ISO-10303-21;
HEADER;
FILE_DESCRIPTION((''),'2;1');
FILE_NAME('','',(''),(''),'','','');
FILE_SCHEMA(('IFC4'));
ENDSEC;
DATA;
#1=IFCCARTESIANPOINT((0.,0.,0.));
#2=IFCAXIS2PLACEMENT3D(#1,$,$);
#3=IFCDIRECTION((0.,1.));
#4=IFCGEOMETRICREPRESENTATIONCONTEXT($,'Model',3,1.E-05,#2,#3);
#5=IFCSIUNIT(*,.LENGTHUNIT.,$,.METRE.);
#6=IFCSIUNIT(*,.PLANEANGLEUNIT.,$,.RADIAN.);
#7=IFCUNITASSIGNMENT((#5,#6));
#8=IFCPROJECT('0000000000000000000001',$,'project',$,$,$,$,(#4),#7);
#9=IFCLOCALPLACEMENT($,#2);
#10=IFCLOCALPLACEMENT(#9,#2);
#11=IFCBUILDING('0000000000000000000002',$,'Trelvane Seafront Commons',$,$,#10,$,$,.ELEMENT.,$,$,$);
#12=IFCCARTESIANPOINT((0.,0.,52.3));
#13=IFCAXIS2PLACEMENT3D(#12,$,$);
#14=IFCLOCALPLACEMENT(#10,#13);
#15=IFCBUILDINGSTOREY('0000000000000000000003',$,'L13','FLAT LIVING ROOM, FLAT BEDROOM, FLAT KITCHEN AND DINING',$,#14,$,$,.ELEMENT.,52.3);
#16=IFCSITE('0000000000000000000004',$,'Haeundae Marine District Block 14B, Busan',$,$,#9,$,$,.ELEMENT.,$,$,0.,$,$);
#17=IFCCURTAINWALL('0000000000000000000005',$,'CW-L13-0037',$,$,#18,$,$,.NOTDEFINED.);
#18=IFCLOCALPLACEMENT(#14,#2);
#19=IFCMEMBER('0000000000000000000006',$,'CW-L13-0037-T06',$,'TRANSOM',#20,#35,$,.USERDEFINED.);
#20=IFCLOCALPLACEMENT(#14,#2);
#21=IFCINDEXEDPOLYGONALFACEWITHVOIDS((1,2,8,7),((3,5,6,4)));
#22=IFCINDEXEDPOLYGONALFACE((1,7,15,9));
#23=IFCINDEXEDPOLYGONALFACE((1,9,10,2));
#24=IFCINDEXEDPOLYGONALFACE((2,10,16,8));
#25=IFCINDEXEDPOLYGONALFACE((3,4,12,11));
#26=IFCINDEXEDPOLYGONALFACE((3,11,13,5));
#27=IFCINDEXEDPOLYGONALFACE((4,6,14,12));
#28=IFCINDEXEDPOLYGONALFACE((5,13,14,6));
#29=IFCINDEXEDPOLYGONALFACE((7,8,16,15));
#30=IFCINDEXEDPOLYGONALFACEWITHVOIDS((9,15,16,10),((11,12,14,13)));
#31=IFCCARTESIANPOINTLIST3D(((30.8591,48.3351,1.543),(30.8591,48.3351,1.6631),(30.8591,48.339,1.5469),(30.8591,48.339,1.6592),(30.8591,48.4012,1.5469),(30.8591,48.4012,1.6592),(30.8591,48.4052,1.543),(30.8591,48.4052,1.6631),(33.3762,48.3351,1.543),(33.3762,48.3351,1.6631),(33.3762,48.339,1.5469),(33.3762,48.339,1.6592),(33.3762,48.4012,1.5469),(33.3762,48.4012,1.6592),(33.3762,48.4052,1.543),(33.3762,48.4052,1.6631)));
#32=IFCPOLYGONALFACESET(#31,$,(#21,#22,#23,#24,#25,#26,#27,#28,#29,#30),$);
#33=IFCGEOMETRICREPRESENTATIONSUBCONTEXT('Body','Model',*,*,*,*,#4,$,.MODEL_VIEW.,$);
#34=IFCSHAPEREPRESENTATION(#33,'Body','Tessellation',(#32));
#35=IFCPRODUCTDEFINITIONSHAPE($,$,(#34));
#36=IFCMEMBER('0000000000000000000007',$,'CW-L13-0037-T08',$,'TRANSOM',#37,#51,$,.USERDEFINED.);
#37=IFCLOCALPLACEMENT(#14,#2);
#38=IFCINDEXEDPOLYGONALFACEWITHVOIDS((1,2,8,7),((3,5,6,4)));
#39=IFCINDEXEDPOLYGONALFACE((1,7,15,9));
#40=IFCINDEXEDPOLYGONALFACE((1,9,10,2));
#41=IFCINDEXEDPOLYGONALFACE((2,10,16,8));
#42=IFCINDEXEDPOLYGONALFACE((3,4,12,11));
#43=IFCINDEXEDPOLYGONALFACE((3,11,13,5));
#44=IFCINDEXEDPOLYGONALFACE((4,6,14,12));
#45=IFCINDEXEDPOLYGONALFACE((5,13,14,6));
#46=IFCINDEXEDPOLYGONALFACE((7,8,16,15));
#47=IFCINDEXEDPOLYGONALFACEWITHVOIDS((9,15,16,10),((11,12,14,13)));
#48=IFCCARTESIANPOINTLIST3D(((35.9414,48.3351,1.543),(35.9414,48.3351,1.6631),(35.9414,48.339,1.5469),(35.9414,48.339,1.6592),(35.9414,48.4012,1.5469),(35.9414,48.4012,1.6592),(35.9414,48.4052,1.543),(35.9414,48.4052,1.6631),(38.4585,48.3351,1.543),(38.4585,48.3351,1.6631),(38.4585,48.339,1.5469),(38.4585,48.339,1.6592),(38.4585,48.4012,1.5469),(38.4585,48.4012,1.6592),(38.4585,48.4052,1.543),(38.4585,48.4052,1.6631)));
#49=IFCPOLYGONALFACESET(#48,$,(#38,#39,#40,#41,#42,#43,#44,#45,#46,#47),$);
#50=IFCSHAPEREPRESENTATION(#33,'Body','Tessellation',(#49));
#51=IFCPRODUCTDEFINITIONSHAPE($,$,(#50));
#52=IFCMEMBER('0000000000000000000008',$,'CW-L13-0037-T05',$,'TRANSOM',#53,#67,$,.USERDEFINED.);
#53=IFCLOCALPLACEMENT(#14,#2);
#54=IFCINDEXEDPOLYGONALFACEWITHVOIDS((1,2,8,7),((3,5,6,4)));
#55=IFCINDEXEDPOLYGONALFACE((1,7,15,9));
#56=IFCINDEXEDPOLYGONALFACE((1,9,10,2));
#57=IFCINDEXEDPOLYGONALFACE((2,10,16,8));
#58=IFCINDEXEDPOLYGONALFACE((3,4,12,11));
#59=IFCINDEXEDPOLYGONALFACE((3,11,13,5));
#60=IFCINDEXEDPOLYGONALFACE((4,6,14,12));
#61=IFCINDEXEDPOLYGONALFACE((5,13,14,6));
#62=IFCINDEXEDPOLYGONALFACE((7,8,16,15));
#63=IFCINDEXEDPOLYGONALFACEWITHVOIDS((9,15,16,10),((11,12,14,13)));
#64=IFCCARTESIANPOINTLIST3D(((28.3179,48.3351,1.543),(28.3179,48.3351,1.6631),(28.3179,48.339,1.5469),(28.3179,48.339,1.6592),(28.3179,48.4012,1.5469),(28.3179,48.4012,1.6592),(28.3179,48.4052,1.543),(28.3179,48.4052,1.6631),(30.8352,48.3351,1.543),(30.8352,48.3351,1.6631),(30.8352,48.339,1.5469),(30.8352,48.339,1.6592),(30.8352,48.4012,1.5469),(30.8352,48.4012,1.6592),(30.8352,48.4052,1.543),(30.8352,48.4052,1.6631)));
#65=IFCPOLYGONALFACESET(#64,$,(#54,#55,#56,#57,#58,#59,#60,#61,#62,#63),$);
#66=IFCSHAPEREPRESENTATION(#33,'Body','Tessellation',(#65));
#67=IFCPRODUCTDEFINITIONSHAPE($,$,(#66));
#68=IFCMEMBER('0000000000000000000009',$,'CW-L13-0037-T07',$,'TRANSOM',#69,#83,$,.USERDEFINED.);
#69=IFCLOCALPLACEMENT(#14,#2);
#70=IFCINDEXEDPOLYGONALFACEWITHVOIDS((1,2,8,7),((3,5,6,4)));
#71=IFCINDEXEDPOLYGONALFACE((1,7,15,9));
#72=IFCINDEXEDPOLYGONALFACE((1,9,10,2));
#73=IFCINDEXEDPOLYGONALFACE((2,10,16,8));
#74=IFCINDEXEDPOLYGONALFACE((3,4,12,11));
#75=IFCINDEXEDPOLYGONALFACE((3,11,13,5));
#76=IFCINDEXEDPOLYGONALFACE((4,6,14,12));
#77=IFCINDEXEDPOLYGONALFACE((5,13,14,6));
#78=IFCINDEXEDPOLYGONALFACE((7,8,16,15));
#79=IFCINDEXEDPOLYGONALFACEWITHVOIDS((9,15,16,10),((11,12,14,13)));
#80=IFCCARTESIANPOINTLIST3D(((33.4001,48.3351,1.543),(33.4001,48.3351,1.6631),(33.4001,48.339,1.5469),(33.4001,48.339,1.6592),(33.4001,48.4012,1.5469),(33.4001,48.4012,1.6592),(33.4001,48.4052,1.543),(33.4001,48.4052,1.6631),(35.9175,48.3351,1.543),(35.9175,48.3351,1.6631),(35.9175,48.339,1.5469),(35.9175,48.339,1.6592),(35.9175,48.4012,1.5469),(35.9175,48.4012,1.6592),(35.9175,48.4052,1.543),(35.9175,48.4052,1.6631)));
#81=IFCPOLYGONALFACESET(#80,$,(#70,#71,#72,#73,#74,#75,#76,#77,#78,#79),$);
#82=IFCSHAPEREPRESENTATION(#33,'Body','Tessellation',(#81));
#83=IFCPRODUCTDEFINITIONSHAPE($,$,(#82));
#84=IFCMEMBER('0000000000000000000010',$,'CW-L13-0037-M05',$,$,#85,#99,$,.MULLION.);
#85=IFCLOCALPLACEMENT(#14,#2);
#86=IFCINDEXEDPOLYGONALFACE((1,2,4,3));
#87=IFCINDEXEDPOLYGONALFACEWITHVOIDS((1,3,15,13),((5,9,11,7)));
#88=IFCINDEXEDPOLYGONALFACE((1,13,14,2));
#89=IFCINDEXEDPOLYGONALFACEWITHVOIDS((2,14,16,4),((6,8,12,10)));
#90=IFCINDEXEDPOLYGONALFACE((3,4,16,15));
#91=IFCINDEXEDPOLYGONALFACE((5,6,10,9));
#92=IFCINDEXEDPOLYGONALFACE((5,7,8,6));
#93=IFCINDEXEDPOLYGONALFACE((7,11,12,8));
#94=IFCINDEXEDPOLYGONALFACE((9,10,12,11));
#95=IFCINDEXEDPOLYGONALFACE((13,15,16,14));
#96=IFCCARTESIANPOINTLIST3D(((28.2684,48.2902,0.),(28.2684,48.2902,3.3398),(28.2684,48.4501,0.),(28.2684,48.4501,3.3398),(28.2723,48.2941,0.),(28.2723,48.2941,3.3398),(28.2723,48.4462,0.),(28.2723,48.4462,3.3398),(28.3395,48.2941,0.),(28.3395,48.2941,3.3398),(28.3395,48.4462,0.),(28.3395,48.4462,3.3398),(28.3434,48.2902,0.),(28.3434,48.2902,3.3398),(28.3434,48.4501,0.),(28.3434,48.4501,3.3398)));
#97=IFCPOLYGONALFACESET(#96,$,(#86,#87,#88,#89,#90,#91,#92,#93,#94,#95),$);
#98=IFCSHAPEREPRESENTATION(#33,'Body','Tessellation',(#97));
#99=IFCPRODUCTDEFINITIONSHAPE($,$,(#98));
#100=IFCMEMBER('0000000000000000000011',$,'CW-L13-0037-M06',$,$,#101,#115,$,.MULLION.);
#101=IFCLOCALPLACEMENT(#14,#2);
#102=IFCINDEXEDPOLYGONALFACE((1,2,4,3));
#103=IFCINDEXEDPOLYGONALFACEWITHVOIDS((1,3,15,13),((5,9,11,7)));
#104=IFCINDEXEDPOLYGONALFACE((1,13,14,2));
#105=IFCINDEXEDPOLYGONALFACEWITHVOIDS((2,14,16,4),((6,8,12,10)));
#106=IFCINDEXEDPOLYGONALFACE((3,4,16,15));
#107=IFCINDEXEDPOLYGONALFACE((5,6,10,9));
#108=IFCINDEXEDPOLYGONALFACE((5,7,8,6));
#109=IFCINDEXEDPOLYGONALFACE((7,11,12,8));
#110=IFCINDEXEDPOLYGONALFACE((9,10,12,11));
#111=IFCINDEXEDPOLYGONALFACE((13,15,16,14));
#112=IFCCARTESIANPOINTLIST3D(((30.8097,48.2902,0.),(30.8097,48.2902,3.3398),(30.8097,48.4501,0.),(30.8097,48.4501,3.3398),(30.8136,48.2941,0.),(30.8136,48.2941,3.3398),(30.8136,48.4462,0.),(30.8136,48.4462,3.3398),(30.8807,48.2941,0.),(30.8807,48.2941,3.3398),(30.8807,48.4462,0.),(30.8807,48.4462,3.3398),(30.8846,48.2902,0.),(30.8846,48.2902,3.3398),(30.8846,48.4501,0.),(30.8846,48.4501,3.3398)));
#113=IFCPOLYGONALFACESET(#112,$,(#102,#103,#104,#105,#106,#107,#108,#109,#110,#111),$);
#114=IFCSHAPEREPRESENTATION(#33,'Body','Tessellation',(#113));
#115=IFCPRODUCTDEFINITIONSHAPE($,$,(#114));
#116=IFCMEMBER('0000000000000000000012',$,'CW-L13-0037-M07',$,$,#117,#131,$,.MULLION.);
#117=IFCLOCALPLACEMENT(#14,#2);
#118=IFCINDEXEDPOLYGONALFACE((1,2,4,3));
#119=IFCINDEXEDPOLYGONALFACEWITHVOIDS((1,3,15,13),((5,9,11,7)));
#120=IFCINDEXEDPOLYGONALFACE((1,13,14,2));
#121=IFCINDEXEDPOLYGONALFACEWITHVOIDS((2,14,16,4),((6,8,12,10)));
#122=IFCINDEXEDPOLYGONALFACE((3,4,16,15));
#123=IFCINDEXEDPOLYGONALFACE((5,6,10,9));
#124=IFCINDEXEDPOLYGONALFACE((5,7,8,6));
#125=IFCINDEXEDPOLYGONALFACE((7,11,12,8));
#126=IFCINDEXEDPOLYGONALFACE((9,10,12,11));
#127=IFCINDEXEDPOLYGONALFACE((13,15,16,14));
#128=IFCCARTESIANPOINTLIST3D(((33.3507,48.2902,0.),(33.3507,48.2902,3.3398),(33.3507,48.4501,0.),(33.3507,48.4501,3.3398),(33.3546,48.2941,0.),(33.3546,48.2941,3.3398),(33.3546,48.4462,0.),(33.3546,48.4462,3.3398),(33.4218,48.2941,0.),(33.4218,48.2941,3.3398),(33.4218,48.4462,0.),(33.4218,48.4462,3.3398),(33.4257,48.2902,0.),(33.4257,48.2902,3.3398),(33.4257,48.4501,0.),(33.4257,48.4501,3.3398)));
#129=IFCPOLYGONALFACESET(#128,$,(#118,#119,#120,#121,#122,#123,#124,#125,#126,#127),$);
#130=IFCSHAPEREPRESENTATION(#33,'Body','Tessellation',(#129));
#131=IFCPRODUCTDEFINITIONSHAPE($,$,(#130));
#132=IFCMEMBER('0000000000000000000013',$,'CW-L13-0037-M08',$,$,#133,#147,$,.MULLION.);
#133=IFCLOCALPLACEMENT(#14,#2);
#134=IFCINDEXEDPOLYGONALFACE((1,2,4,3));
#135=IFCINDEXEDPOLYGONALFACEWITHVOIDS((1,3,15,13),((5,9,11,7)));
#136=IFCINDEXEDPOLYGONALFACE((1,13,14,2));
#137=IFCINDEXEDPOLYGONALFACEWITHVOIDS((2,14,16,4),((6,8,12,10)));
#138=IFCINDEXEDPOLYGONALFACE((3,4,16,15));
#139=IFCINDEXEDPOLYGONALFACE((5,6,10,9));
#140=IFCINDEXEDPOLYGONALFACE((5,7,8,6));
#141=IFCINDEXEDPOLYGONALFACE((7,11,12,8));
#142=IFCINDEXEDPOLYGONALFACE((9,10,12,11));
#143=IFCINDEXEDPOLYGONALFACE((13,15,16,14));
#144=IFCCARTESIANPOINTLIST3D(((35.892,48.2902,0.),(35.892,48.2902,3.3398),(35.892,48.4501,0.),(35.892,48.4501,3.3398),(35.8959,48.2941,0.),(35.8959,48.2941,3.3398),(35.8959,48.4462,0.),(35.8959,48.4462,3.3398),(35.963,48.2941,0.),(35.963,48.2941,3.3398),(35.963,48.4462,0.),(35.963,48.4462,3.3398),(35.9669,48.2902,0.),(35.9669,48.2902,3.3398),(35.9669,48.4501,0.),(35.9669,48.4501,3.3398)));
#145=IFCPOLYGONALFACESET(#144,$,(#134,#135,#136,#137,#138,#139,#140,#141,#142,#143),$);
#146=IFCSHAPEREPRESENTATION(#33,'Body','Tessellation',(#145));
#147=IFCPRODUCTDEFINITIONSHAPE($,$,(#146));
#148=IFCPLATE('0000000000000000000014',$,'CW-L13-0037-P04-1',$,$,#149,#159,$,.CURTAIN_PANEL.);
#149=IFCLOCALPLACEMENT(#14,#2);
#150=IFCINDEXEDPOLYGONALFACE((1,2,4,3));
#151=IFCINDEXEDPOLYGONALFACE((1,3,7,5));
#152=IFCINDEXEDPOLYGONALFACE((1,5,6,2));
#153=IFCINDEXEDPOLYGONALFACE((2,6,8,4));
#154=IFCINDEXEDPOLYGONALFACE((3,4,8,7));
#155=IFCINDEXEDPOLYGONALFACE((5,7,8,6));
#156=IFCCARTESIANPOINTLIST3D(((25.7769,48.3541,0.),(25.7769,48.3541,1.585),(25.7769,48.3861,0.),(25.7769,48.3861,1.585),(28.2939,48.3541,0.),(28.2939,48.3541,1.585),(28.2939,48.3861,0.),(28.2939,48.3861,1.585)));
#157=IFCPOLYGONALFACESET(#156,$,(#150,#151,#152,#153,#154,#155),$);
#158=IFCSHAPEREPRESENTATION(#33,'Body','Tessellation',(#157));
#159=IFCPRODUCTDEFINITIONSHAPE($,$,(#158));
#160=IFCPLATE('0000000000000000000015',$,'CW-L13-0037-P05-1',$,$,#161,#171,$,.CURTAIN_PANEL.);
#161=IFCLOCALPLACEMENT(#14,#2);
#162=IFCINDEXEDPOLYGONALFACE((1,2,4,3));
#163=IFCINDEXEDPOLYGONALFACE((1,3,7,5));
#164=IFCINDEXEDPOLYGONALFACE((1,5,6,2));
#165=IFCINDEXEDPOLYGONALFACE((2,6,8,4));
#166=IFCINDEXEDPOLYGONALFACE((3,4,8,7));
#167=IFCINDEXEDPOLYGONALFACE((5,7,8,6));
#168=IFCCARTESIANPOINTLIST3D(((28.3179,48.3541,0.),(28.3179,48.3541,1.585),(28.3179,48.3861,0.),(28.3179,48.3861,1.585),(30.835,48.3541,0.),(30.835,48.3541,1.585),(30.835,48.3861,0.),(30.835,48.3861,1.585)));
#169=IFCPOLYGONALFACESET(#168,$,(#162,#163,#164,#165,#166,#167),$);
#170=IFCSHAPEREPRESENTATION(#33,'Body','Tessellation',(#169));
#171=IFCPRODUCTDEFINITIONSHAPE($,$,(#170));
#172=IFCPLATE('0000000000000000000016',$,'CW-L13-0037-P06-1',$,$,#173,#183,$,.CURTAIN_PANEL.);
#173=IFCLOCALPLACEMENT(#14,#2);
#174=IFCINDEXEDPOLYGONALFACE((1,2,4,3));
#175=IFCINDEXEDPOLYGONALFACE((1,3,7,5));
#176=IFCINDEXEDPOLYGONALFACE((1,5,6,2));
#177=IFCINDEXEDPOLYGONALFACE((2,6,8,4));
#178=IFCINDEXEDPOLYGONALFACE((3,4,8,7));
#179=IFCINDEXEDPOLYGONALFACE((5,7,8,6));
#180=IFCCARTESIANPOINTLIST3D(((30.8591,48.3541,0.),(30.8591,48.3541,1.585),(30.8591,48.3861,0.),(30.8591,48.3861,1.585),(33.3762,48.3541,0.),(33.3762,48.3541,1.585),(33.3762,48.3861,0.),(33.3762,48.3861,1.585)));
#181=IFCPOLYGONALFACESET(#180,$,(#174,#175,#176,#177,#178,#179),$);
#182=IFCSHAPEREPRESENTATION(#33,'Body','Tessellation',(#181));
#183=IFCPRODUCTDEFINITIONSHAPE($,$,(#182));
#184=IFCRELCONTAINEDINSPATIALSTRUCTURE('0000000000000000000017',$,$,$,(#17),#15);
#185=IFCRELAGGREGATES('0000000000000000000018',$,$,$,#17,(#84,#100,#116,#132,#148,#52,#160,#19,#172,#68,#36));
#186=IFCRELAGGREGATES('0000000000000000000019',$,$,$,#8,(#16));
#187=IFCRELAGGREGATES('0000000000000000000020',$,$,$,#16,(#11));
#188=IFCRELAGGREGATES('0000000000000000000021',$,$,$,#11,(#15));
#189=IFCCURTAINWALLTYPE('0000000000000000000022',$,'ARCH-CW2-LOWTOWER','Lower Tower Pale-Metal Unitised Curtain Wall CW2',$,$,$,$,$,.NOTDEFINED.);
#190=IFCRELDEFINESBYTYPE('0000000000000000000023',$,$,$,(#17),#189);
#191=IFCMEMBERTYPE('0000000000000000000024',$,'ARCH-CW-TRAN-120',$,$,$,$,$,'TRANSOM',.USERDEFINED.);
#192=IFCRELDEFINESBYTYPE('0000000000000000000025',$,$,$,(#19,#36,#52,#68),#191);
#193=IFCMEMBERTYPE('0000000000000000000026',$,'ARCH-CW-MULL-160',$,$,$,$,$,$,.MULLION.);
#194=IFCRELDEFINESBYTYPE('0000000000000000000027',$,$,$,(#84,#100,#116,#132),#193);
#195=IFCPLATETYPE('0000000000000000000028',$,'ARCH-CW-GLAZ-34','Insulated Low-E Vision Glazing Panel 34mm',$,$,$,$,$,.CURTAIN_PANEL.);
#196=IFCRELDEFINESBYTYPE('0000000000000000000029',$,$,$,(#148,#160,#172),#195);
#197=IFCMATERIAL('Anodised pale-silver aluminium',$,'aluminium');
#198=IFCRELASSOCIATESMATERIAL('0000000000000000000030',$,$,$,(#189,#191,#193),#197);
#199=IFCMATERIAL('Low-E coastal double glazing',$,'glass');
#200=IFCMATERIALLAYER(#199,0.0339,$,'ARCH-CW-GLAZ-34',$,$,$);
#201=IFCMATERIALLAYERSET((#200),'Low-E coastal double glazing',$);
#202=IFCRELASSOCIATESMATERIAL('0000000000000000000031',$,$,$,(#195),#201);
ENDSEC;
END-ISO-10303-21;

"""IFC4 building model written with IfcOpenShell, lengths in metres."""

from ifc_helpers import new_model, si_unit, direction, frame, origin, origin_2d, place, context, subcontext, project, spatial, rectangle, hollow_rectangle, extrude, source, transform, mapped, material, layer, layer_set, material_profile, profile_set, type_object, element, aggregate, save


model = new_model("IFC4")

# Units and contexts
model_context = context("Model", 3, precision=1e-05, world=origin(), true_north=direction((0.0, 1.0)))
body_context = subcontext(model_context, "Body", "Model", "MODEL_VIEW")
ifc_project = project(units=[si_unit("LENGTHUNIT", "METRE"), si_unit("PLANEANGLEUNIT", "RADIAN")], contexts=[model_context])

# Site, building, storey
site_placement = place(None, origin())
site = spatial("IfcSite", under=ifc_project, at=site_placement, Name="Haeundae Marine District Block 14B, Busan", CompositionType="ELEMENT", RefElevation=0.0)
building_placement = place(site_placement, origin())
building = spatial("IfcBuilding", under=site, at=building_placement, Name="Trelvane Seafront Commons", CompositionType="ELEMENT")
storey_placement = place(building_placement, frame((0.0, 0.0, 52.3)))
storey = spatial("IfcBuildingStorey", under=building, at=storey_placement, Name="L13", Description="FLAT LIVING ROOM, FLAT BEDROOM, FLAT KITCHEN AND DINING", CompositionType="ELEMENT", Elevation=52.3)

# Curtain wall, members, plates
ifc_material_1 = material(Name="Anodised pale-silver aluminium", Category="aluminium")
curtain_wall_type = type_object("IfcCurtainWallType", Name="ARCH-CW2-LOWTOWER", Description="Lower Tower Pale-Metal Unitised Curtain Wall CW2", PredefinedType="NOTDEFINED", material=ifc_material_1)
curtain_wall_placement = place(storey_placement, origin())
curtain_wall = element("IfcCurtainWall", 1, at=curtain_wall_placement, inside=storey, type_object=curtain_wall_type, Name="CW-L13-0037", PredefinedType="NOTDEFINED")
ifc_material_profile_1 = material_profile(ifc_material_1, hollow_rectangle(XDim=0.0701, YDim=0.1201, WallThickness=0.0039, at=origin_2d()), Name="TRAN-70x120x4")
ifc_profile_set_1 = profile_set([ifc_material_profile_1], Name="Anodised pale-silver aluminium")
member_type_1 = type_object("IfcMemberType", Name="ARCH-CW-TRAN-120", ElementType="TRANSOM", PredefinedType="USERDEFINED", material=ifc_profile_set_1)
shared_shape_1 = source(origin(), body_context, "Body", "SweptSolid", [
    extrude(hollow_rectangle(XDim=0.0701, YDim=0.1201, WallThickness=0.0039, at=origin_2d()), origin(), (0.0, 0.0, 1.0), 2.5171),
])
member_1_placement = place(storey_placement, frame((30.8591, 48.3701, 1.603), z_axis=(1.0, 0.0, 0.0), x_axis=(0.0, 1.0, 0.0)))
member_1 = element("IfcMember", 2, at=member_1_placement, type_object=member_type_1, Name="CW-L13-0037-T06", ObjectType="TRANSOM", PredefinedType="USERDEFINED", context=body_context, shape_type="MappedRepresentation", body=[
    mapped(shared_shape_1, transform((0.0, 0.0, 0.0), x_axis=(1.0, 0.0, 0.0), y_axis=(0.0, 1.0, 0.0), z_axis=(0.0, 0.0, 1.0), scale=1.0)),
])
member_2_placement = place(storey_placement, frame((35.9414, 48.3701, 1.603), z_axis=(1.0, 0.0, 0.0), x_axis=(0.0, 1.0, 0.0)))
member_2 = element("IfcMember", 3, at=member_2_placement, type_object=member_type_1, Name="CW-L13-0037-T08", ObjectType="TRANSOM", PredefinedType="USERDEFINED", context=body_context, shape_type="MappedRepresentation", body=[
    mapped(shared_shape_1, transform((0.0, 0.0, 0.0), x_axis=(1.0, 0.0, 0.0), y_axis=(0.0, 1.0, 0.0), z_axis=(0.0, 0.0, 1.0), scale=1.0)),
])
shared_shape_2 = source(origin(), body_context, "Body", "SweptSolid", [
    extrude(hollow_rectangle(XDim=0.0701, YDim=0.1201, WallThickness=0.0039, at=origin_2d()), origin(), (0.0, 0.0, 1.0), 2.5173),
])
member_3_placement = place(storey_placement, frame((28.3179, 48.3701, 1.603), z_axis=(1.0, 0.0, 0.0), x_axis=(0.0, 1.0, 0.0)))
member_3 = element("IfcMember", 4, at=member_3_placement, type_object=member_type_1, Name="CW-L13-0037-T05", ObjectType="TRANSOM", PredefinedType="USERDEFINED", context=body_context, shape_type="MappedRepresentation", body=[
    mapped(shared_shape_2, transform((0.0, 0.0, 0.0), x_axis=(1.0, 0.0, 0.0), y_axis=(0.0, 1.0, 0.0), z_axis=(0.0, 0.0, 1.0), scale=1.0)),
])
member_4_placement = place(storey_placement, frame((33.4001, 48.3701, 1.603), z_axis=(1.0, 0.0, 0.0), x_axis=(0.0, 1.0, 0.0)))
member_4 = element("IfcMember", 5, at=member_4_placement, type_object=member_type_1, Name="CW-L13-0037-T07", ObjectType="TRANSOM", PredefinedType="USERDEFINED", context=body_context, shape_type="MappedRepresentation", body=[
    mapped(shared_shape_2, transform((0.0, 0.0, 0.0), x_axis=(1.0, 0.0, 0.0), y_axis=(0.0, 1.0, 0.0), z_axis=(0.0, 0.0, 1.0), scale=1.0)),
])
ifc_material_profile_2 = material_profile(ifc_material_1, hollow_rectangle(XDim=0.075, YDim=0.1599, WallThickness=0.0039, at=origin_2d()), Name="MULL-75x160x4")
ifc_profile_set_2 = profile_set([ifc_material_profile_2], Name="Anodised pale-silver aluminium")
member_type_2 = type_object("IfcMemberType", Name="ARCH-CW-MULL-160", PredefinedType="MULLION", material=ifc_profile_set_2)
shared_shape_3 = source(origin(), body_context, "Body", "SweptSolid", [
    extrude(hollow_rectangle(XDim=0.075, YDim=0.1599, WallThickness=0.0039, at=origin_2d()), origin(), (0.0, 0.0, 1.0), 3.3398),
])
member_5_placement = place(storey_placement, frame((28.3059, 48.3701, 0.0), z_axis=(0.0, 0.0, 1.0), x_axis=(1.0, 0.0, 0.0)))
member_5 = element("IfcMember", 6, at=member_5_placement, type_object=member_type_2, Name="CW-L13-0037-M05", PredefinedType="MULLION", context=body_context, shape_type="MappedRepresentation", body=[
    mapped(shared_shape_3, transform((0.0, 0.0, 0.0), x_axis=(1.0, 0.0, 0.0), y_axis=(0.0, 1.0, 0.0), z_axis=(0.0, 0.0, 1.0), scale=1.0)),
])
member_6_placement = place(storey_placement, frame((30.8472, 48.3701, 0.0), z_axis=(0.0, 0.0, 1.0), x_axis=(1.0, 0.0, 0.0)))
member_6 = element("IfcMember", 7, at=member_6_placement, type_object=member_type_2, Name="CW-L13-0037-M06", PredefinedType="MULLION", context=body_context, shape_type="MappedRepresentation", body=[
    mapped(shared_shape_3, transform((0.0, 0.0, 0.0), x_axis=(1.0, 0.0, 0.0), y_axis=(0.0, 1.0, 0.0), z_axis=(0.0, 0.0, 1.0), scale=1.0)),
])
member_7_placement = place(storey_placement, frame((33.3882, 48.3701, 0.0), z_axis=(0.0, 0.0, 1.0), x_axis=(1.0, 0.0, 0.0)))
member_7 = element("IfcMember", 8, at=member_7_placement, type_object=member_type_2, Name="CW-L13-0037-M07", PredefinedType="MULLION", context=body_context, shape_type="MappedRepresentation", body=[
    mapped(shared_shape_3, transform((0.0, 0.0, 0.0), x_axis=(1.0, 0.0, 0.0), y_axis=(0.0, 1.0, 0.0), z_axis=(0.0, 0.0, 1.0), scale=1.0)),
])
member_8_placement = place(storey_placement, frame((35.9294, 48.3701, 0.0), z_axis=(0.0, 0.0, 1.0), x_axis=(1.0, 0.0, 0.0)))
member_8 = element("IfcMember", 9, at=member_8_placement, type_object=member_type_2, Name="CW-L13-0037-M08", PredefinedType="MULLION", context=body_context, shape_type="MappedRepresentation", body=[
    mapped(shared_shape_3, transform((0.0, 0.0, 0.0), x_axis=(1.0, 0.0, 0.0), y_axis=(0.0, 1.0, 0.0), z_axis=(0.0, 0.0, 1.0), scale=1.0)),
])
ifc_material_2 = material(Name="Low-E coastal double glazing", Category="glass")
ifc_layer_1 = layer(ifc_material_2, 0.0339, Name="ARCH-CW-GLAZ-34")
ifc_layer_set_1 = layer_set([ifc_layer_1], Name="Low-E coastal double glazing")
plate_type_1 = type_object("IfcPlateType", Name="ARCH-CW-GLAZ-34", Description="Insulated Low-E Vision Glazing Panel 34mm", PredefinedType="CURTAIN_PANEL", material=ifc_layer_set_1)
shared_shape_4 = source(origin(), body_context, "Body", "SweptSolid", [
    extrude(rectangle(XDim=2.5171, YDim=0.032, at=origin_2d()), origin(), (0.0, 0.0, 1.0), 1.585),
])
plate_1_placement = place(storey_placement, frame((27.0354, 48.3701, 0.0), z_axis=(0.0, 0.0, 1.0), x_axis=(1.0, 0.0, 0.0)))
plate_1 = element("IfcPlate", 10, at=plate_1_placement, type_object=plate_type_1, Name="CW-L13-0037-P04-1", PredefinedType="CURTAIN_PANEL", context=body_context, shape_type="MappedRepresentation", body=[
    mapped(shared_shape_4, transform((0.0, 0.0, 0.0), x_axis=(1.0, 0.0, 0.0), y_axis=(0.0, 1.0, 0.0), z_axis=(0.0, 0.0, 1.0), scale=1.0)),
])
plate_2_placement = place(storey_placement, frame((29.5764, 48.3701, 0.0), z_axis=(0.0, 0.0, 1.0), x_axis=(1.0, 0.0, 0.0)))
plate_2 = element("IfcPlate", 11, at=plate_2_placement, type_object=plate_type_1, Name="CW-L13-0037-P05-1", PredefinedType="CURTAIN_PANEL", context=body_context, shape_type="MappedRepresentation", body=[
    mapped(shared_shape_4, transform((0.0, 0.0, 0.0), x_axis=(1.0, 0.0, 0.0), y_axis=(0.0, 1.0, 0.0), z_axis=(0.0, 0.0, 1.0), scale=1.0)),
])
plate_3_placement = place(storey_placement, frame((32.1177, 48.3701, 0.0), z_axis=(0.0, 0.0, 1.0), x_axis=(1.0, 0.0, 0.0)))
plate_3 = element("IfcPlate", 12, at=plate_3_placement, type_object=plate_type_1, Name="CW-L13-0037-P06-1", PredefinedType="CURTAIN_PANEL", context=body_context, shape_type="MappedRepresentation", body=[
    mapped(shared_shape_4, transform((0.0, 0.0, 0.0), x_axis=(1.0, 0.0, 0.0), y_axis=(0.0, 1.0, 0.0), z_axis=(0.0, 0.0, 1.0), scale=1.0)),
])
aggregate(curtain_wall, [member_5, member_6, member_7, member_8, plate_1, member_3, plate_2, member_1, plate_3, member_4, member_2])

save(model, "model.ifc")
